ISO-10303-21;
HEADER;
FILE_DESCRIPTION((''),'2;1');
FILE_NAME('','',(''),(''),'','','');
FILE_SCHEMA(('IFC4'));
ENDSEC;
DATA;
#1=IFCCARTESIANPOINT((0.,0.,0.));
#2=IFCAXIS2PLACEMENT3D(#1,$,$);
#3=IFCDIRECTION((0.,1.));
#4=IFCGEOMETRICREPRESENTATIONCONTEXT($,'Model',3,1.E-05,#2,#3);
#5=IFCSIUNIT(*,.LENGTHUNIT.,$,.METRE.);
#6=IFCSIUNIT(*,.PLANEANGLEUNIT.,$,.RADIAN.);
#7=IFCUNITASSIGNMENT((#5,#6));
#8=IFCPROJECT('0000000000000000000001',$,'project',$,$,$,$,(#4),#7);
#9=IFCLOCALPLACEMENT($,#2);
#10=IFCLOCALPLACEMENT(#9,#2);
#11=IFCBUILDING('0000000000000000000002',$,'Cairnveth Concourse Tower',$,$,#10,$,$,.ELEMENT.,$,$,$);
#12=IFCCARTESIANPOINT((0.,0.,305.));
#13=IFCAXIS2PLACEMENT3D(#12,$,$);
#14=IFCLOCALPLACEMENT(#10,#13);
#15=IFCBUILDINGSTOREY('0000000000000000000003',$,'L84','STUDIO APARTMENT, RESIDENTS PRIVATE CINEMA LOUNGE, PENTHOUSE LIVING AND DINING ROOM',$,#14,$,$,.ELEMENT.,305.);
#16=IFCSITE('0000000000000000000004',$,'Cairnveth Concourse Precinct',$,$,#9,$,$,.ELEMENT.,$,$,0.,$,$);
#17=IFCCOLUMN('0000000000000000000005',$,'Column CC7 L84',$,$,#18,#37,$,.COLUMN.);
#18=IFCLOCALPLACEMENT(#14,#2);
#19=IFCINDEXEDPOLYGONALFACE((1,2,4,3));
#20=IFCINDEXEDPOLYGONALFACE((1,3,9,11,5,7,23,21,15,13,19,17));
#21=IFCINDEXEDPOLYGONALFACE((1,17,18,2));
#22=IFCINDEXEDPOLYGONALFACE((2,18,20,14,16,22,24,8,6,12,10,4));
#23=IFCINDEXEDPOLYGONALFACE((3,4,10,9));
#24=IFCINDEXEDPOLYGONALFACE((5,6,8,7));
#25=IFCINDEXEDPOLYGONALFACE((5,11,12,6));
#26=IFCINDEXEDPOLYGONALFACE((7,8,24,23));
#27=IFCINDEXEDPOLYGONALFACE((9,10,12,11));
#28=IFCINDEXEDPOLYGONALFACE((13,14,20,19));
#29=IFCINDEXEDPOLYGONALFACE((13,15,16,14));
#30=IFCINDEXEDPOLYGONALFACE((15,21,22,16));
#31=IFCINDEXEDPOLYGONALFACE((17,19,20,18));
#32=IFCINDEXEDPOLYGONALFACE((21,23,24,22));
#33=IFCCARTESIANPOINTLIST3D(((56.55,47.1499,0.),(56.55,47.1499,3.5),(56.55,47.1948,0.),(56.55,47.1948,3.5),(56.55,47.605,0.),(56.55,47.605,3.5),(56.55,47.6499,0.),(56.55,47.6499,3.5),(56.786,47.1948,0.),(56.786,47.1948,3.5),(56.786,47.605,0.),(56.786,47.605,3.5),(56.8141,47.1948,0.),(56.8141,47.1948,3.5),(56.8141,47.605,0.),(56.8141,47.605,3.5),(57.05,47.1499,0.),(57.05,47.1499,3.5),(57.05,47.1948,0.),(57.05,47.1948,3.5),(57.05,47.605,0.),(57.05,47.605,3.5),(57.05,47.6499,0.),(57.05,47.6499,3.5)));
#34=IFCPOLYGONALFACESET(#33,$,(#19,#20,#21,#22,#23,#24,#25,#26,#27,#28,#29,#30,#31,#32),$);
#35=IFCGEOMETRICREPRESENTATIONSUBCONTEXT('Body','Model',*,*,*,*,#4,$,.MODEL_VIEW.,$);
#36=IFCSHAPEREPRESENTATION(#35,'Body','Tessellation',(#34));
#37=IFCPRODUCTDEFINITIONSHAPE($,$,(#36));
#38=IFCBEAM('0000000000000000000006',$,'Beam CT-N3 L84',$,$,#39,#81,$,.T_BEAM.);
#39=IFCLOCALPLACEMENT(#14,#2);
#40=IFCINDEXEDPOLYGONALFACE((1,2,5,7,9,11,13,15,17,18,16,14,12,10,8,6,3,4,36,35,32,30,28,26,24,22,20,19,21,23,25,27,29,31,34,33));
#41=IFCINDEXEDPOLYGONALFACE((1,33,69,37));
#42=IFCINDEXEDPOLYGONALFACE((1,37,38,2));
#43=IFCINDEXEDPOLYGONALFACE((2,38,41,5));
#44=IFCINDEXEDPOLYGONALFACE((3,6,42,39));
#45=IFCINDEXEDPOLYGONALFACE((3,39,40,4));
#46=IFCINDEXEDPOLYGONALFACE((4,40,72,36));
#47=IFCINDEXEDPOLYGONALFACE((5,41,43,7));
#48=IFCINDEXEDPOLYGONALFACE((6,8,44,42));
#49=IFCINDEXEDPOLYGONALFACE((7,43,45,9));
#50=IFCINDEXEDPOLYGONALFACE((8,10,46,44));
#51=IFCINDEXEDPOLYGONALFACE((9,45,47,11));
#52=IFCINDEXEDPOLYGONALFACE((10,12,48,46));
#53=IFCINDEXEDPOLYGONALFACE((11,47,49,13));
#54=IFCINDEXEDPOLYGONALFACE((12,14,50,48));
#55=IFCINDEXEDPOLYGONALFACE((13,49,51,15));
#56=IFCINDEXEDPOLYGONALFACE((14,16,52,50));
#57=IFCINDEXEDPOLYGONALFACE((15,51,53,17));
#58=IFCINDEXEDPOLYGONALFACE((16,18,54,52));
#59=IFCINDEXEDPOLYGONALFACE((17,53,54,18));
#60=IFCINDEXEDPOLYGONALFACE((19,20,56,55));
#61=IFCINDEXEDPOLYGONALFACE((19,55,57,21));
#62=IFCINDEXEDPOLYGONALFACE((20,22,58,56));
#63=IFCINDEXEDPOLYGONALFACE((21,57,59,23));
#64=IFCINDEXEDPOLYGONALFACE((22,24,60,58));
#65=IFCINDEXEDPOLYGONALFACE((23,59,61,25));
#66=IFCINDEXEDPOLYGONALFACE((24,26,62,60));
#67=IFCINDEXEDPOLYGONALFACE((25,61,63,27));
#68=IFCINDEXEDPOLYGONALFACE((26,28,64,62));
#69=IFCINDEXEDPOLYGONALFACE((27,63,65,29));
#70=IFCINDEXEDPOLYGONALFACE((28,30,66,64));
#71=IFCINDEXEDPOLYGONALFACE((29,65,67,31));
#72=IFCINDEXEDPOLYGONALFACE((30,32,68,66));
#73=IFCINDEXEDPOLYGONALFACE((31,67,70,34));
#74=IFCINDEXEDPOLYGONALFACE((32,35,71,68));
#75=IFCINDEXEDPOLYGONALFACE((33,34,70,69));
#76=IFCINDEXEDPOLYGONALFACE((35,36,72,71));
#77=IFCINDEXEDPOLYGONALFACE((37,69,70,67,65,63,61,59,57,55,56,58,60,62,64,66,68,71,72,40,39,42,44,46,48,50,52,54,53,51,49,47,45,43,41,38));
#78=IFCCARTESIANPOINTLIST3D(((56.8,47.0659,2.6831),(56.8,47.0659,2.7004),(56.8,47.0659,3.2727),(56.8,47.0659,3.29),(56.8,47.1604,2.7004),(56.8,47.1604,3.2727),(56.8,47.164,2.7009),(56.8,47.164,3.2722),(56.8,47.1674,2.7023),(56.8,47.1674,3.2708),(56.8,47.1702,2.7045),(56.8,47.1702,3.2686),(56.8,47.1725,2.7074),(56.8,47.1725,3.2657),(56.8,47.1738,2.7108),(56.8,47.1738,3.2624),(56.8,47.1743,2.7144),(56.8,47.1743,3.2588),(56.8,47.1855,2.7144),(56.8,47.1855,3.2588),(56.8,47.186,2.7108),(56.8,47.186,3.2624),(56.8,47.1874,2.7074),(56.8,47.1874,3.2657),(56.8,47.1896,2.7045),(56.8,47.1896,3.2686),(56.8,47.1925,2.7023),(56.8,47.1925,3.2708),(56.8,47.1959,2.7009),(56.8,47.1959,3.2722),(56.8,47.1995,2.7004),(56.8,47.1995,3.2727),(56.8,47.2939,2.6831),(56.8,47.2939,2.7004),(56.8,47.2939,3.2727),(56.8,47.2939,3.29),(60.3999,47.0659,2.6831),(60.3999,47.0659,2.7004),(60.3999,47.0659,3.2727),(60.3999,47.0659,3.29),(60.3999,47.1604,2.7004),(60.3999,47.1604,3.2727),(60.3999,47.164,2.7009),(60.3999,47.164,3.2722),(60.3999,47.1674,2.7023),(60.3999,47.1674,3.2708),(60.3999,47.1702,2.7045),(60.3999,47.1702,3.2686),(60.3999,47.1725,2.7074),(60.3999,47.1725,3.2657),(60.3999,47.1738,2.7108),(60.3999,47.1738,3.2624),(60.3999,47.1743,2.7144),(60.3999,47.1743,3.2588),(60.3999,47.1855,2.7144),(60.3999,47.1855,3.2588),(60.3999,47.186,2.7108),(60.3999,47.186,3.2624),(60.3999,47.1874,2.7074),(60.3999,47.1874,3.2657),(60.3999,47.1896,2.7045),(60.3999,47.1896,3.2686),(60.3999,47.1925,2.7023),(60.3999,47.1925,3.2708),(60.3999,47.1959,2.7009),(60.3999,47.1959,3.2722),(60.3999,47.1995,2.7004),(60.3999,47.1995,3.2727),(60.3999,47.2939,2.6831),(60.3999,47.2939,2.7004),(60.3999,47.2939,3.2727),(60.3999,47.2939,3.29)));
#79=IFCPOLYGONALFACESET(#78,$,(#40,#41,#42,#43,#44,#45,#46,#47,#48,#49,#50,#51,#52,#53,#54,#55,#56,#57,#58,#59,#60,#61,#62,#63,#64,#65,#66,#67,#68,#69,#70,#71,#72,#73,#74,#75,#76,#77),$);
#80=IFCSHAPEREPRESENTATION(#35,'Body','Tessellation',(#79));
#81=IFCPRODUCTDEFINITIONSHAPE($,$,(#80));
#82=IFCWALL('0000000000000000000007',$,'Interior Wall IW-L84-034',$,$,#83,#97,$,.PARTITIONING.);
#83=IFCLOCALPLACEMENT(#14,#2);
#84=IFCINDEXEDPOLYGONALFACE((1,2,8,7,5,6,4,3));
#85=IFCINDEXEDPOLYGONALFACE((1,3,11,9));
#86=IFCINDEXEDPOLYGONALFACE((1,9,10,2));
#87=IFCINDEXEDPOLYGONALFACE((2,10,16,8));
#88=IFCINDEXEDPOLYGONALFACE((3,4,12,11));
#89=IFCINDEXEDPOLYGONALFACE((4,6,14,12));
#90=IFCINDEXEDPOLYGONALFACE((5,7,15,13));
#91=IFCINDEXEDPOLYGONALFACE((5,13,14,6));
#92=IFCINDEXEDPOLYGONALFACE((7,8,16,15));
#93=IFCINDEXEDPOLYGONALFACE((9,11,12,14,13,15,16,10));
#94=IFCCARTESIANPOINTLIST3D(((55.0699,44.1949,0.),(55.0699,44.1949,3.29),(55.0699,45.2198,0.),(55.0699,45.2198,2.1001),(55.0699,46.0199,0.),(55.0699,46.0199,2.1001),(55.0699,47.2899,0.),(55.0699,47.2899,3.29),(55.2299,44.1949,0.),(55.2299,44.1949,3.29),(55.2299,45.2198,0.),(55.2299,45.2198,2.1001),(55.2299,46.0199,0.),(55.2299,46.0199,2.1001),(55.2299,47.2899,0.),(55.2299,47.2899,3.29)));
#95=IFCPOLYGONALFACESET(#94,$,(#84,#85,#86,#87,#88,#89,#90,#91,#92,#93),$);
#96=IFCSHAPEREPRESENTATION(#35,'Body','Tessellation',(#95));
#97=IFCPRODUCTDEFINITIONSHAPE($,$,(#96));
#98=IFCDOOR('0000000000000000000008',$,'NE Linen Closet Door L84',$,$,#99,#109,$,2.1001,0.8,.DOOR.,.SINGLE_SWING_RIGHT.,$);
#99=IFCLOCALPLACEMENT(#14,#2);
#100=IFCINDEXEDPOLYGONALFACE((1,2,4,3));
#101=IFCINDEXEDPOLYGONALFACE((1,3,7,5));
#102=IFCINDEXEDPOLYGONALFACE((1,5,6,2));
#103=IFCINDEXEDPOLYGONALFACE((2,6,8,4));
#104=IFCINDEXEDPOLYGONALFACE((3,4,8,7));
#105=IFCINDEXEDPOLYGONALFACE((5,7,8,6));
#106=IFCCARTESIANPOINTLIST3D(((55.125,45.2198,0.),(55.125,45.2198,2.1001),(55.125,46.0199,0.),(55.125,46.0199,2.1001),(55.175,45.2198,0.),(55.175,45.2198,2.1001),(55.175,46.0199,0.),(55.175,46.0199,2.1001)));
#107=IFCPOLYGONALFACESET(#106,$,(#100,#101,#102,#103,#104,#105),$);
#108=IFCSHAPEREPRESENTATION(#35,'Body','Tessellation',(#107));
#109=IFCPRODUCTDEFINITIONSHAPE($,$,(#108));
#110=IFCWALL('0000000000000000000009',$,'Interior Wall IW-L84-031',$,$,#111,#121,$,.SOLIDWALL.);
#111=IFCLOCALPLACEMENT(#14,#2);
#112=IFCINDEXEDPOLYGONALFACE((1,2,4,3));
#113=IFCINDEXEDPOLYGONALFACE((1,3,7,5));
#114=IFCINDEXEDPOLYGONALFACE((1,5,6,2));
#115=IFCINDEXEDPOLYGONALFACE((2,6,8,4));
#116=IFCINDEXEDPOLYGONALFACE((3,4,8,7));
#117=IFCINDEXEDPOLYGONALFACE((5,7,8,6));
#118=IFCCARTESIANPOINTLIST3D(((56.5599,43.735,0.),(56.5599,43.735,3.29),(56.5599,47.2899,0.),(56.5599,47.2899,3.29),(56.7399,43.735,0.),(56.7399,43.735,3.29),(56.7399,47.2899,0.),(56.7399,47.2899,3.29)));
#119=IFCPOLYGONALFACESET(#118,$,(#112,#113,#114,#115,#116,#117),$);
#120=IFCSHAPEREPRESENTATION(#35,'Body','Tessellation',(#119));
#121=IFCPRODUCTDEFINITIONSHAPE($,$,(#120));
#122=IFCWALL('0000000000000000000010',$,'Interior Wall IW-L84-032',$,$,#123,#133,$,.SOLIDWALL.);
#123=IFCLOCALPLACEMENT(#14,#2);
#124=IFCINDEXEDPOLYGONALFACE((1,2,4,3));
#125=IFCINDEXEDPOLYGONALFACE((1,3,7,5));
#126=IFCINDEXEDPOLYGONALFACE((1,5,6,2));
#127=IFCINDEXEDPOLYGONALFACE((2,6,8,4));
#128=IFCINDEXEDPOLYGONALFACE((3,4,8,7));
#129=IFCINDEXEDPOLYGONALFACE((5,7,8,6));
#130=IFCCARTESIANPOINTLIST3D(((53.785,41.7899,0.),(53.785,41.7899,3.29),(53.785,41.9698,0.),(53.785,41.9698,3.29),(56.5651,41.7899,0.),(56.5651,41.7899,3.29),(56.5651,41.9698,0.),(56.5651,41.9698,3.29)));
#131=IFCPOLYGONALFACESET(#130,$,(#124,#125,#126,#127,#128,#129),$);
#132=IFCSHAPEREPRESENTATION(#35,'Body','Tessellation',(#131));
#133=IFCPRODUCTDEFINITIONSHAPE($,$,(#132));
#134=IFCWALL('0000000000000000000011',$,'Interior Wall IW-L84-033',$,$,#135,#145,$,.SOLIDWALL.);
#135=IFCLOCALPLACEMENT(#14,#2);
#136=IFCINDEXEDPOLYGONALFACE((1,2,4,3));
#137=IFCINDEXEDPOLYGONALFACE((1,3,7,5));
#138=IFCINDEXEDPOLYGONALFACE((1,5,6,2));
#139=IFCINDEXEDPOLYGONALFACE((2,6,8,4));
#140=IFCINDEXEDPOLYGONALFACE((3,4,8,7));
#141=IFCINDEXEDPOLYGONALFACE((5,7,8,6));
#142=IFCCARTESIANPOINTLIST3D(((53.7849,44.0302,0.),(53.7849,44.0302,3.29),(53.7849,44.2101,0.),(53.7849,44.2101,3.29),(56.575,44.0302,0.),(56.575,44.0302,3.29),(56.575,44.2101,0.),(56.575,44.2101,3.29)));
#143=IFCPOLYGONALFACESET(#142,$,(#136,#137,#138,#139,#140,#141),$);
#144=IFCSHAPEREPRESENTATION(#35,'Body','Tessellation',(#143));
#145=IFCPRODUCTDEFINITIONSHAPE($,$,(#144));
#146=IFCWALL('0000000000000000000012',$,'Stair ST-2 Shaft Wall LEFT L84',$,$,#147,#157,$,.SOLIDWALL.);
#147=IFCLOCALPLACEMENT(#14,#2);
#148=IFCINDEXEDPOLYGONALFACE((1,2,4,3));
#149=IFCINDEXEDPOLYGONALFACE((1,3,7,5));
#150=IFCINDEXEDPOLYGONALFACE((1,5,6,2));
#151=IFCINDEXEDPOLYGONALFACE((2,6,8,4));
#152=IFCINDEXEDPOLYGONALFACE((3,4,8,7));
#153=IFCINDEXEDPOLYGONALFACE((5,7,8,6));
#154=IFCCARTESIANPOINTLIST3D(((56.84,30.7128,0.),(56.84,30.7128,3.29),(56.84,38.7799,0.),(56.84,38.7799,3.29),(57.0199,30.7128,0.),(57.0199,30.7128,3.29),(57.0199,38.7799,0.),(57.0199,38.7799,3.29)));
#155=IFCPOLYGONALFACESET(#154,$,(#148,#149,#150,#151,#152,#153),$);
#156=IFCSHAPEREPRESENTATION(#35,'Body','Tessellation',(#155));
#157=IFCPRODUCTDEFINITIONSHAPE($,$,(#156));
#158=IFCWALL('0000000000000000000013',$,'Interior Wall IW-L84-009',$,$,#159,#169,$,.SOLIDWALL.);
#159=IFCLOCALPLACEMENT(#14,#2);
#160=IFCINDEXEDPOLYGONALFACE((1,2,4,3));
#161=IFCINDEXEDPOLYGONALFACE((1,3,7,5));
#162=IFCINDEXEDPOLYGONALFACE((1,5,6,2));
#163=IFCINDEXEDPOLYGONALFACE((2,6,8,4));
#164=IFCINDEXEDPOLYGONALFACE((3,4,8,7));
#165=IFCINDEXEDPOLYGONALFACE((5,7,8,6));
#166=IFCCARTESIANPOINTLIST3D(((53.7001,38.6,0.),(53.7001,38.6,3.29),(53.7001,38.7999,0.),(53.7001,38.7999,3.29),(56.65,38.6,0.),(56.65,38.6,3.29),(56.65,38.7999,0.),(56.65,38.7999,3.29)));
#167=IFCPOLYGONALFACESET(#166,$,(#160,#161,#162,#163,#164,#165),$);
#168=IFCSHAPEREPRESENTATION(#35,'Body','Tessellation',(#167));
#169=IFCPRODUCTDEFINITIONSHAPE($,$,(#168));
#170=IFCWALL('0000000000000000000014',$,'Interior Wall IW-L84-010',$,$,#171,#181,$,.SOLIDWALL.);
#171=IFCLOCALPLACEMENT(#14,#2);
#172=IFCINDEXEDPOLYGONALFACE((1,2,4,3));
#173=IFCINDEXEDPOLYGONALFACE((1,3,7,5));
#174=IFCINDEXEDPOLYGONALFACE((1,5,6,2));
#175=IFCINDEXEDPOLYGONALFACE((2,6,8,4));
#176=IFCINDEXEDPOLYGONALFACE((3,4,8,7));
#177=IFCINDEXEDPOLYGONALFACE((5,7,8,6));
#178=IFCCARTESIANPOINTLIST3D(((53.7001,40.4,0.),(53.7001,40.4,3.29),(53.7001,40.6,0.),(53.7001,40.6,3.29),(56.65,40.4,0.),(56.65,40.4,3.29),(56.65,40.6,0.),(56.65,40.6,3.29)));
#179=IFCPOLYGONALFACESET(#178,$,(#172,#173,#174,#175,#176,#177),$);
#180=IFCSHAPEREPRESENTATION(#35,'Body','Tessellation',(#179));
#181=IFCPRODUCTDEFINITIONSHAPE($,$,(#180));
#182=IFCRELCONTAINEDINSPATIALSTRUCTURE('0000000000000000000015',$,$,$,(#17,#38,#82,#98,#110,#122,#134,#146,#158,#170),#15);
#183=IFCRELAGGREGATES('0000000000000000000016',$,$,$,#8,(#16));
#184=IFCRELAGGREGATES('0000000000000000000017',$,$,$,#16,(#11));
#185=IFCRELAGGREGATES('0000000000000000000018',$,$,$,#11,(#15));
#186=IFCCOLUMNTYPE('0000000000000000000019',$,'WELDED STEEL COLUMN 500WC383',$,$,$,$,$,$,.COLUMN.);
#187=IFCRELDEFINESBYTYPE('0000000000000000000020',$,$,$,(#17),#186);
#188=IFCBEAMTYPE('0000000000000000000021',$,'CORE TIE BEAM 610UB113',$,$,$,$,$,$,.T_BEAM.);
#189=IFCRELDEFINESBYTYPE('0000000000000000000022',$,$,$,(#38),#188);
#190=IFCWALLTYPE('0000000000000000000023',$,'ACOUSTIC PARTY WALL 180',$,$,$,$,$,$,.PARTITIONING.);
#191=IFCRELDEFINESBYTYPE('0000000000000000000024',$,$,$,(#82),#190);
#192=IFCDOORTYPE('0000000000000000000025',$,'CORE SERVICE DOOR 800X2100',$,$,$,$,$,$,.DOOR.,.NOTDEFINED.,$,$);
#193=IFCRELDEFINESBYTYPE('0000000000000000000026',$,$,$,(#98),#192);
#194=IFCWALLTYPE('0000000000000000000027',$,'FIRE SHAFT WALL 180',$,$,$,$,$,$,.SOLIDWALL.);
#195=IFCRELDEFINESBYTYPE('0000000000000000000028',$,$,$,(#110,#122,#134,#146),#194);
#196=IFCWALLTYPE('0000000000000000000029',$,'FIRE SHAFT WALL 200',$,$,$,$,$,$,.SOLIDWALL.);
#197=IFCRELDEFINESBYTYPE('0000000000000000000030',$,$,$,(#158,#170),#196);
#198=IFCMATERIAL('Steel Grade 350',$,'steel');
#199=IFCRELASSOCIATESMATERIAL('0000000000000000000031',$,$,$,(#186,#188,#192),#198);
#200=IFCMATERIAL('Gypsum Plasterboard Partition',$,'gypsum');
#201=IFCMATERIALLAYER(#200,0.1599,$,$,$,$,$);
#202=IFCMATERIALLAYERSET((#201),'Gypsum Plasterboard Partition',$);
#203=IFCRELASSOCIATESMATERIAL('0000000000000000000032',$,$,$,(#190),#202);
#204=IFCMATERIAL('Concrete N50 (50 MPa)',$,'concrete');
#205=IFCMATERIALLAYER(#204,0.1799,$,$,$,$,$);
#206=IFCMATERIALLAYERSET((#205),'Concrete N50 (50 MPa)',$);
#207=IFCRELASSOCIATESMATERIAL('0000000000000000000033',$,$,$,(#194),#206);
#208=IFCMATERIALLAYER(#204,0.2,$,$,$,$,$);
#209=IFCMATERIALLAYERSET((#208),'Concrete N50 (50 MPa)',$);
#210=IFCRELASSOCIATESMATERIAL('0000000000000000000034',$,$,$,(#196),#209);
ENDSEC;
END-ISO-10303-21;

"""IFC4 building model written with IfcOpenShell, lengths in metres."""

from ifc_helpers import new_model, si_unit, direction, frame, frame_2d, origin, origin_2d, place, context, subcontext, project, spatial, rectangle, i_section, extrude, material, layer, layer_set, material_profile, profile_set, type_object, element, fill, save


model = new_model("IFC4")

# Units and contexts
model_context = context("Model", 3, precision=1e-05, world=origin(), true_north=direction((0.0, 1.0)))
body_context = subcontext(model_context, "Body", "Model", "MODEL_VIEW")
ifc_project = project(units=[si_unit("LENGTHUNIT", "METRE"), si_unit("PLANEANGLEUNIT", "RADIAN")], contexts=[model_context])

# Site, building, storey
site_placement = place(None, origin())
site = spatial("IfcSite", under=ifc_project, at=site_placement, Name="Cairnveth Concourse Precinct", CompositionType="ELEMENT", RefElevation=0.0)
building_placement = place(site_placement, origin())
building = spatial("IfcBuilding", under=site, at=building_placement, Name="Cairnveth Concourse Tower", CompositionType="ELEMENT")
storey_placement = place(building_placement, frame((0.0, 0.0, 305.0)))
storey = spatial("IfcBuildingStorey", under=building, at=storey_placement, Name="L84", Description="STUDIO APARTMENT, RESIDENTS PRIVATE CINEMA LOUNGE, PENTHOUSE LIVING AND DINING ROOM", CompositionType="ELEMENT", Elevation=305.0)

# Column
ifc_material_1 = material(Name="Steel Grade 350", Category="steel")
ifc_material_profile_1 = material_profile(ifc_material_1, i_section(OverallWidth=0.5, OverallDepth=0.5, WebThickness=0.0281, FlangeThickness=0.0449, at=origin_2d()), Name="500WC383")
ifc_profile_set_1 = profile_set([ifc_material_profile_1], Name="Steel Grade 350")
column_type = type_object("IfcColumnType", Name="WELDED STEEL COLUMN 500WC383", PredefinedType="COLUMN", material=ifc_profile_set_1)
column_placement = place(storey_placement, frame((56.8, 47.3999, 0.0), z_axis=(0.0, 0.0, 1.0), x_axis=(1.0, 0.0, 0.0)))
element("IfcColumn", 1, at=column_placement, inside=storey, type_object=column_type, Name="Column CC7 L84", PredefinedType="COLUMN", context=body_context, shape_type="SweptSolid", body=[
    extrude(i_section(OverallWidth=0.5, OverallDepth=0.5, WebThickness=0.0281, FlangeThickness=0.0449, at=origin_2d()), origin(), (0.0, 0.0, 1.0), 3.5),
])

# Beam
ifc_material_profile_2 = material_profile(ifc_material_1, i_section(OverallWidth=0.228, OverallDepth=0.6069, WebThickness=0.0112, FlangeThickness=0.0173, FilletRadius=0.0139, at=origin_2d()), Name="610UB113")
ifc_profile_set_2 = profile_set([ifc_material_profile_2], Name="Steel Grade 350")
beam_type = type_object("IfcBeamType", Name="CORE TIE BEAM 610UB113", PredefinedType="T_BEAM", material=ifc_profile_set_2)
beam_placement = place(storey_placement, frame((56.8, 47.1799, 2.9866), z_axis=(1.0, 0.0, 0.0), x_axis=(0.0, 1.0, 0.0)))
element("IfcBeam", 2, at=beam_placement, inside=storey, type_object=beam_type, Name="Beam CT-N3 L84", PredefinedType="T_BEAM", context=body_context, shape_type="SweptSolid", body=[
    extrude(i_section(OverallWidth=0.228, OverallDepth=0.6069, WebThickness=0.0112, FlangeThickness=0.0173, FilletRadius=0.0139, at=origin_2d()), origin(), (0.0, 0.0, 1.0), 3.5999),
])

# Wall, opening, door
ifc_material_2 = material(Name="Gypsum Plasterboard Partition", Category="gypsum")
ifc_layer_1 = layer(ifc_material_2, 0.1599)
ifc_layer_set_1 = layer_set([ifc_layer_1], Name="Gypsum Plasterboard Partition")
wall_type_1 = type_object("IfcWallType", Name="ACOUSTIC PARTY WALL 180", PredefinedType="PARTITIONING", material=ifc_layer_set_1)
wall_1_placement = place(storey_placement, frame((55.1499, 44.1951, 0.0), z_axis=(0.0, 0.0, 1.0), x_axis=(0.0, 1.0, 0.0)))
wall_1 = element("IfcWall", 3, at=wall_1_placement, inside=storey, type_object=wall_type_1, Name="Interior Wall IW-L84-034", PredefinedType="PARTITIONING", context=body_context, shape_type="SweptSolid", body=[
    extrude(rectangle(XDim=3.095, YDim=0.1599, at=frame_2d((1.5474, 0.0))), origin(), (0.0, 0.0, 1.0), 3.29),
])
opening_1_placement = place(wall_1_placement, frame((1.0249, 0.0, 0.0)))
opening_1 = element("IfcOpeningElement", 4, at=opening_1_placement, cuts=wall_1, PredefinedType="OPENING", context=body_context, shape_type="SweptSolid", body=[
    extrude(rectangle(XDim=0.8, YDim=2.1001, at=frame_2d((0.3999, 1.05))), frame((0.0, 0.0898, 0.0), z_axis=(0.0, -1.0, 0.0), x_axis=(1.0, 0.0, 0.0)), (0.0, 0.0, 1.0), 0.1799),
])
door_type_1 = type_object("IfcDoorType", Name="CORE SERVICE DOOR 800X2100", OperationType="NOTDEFINED", PredefinedType="DOOR", material=ifc_material_1)
door_1_placement = place(opening_1_placement, origin())
door_1 = element("IfcDoor", 5, at=door_1_placement, inside=storey, type_object=door_type_1, Name="NE Linen Closet Door L84", OperationType="SINGLE_SWING_RIGHT", OverallHeight=2.1001, OverallWidth=0.8, PredefinedType="DOOR", context=body_context, shape_type="SweptSolid", body=[
    extrude(rectangle(XDim=0.8, YDim=2.1001, at=frame_2d((0.3999, 1.05))), frame((0.0, 0.0249, 0.0), z_axis=(0.0, -1.0, 0.0), x_axis=(1.0, 0.0, 0.0)), (0.0, 0.0, 1.0), 0.05),
])
fill(opening_1, door_1)

# Walls
ifc_material_3 = material(Name="Concrete N50 (50 MPa)", Category="concrete")
ifc_layer_2 = layer(ifc_material_3, 0.1799)
ifc_layer_set_2 = layer_set([ifc_layer_2], Name="Concrete N50 (50 MPa)")
wall_type_2 = type_object("IfcWallType", Name="FIRE SHAFT WALL 180", PredefinedType="SOLIDWALL", material=ifc_layer_set_2)
wall_2_placement = place(storey_placement, frame((56.6499, 43.7351, 0.0), z_axis=(0.0, 0.0, 1.0), x_axis=(0.0, 1.0, 0.0)))
element("IfcWall", 6, at=wall_2_placement, inside=storey, type_object=wall_type_2, Name="Interior Wall IW-L84-031", PredefinedType="SOLIDWALL", context=body_context, shape_type="SweptSolid", body=[
    extrude(rectangle(XDim=3.5549, YDim=0.1799, at=frame_2d((1.7773, 0.0))), origin(), (0.0, 0.0, 1.0), 3.29),
])
wall_3_placement = place(storey_placement, frame((53.7849, 41.8799, 0.0), z_axis=(0.0, 0.0, 1.0), x_axis=(1.0, 0.0, 0.0)))
element("IfcWall", 7, at=wall_3_placement, inside=storey, type_object=wall_type_2, Name="Interior Wall IW-L84-032", PredefinedType="SOLIDWALL", context=body_context, shape_type="SweptSolid", body=[
    extrude(rectangle(XDim=2.78, YDim=0.1799, at=frame_2d((1.3901, 0.0))), origin(), (0.0, 0.0, 1.0), 3.29),
])
wall_4_placement = place(storey_placement, frame((53.7849, 44.1201, 0.0), z_axis=(0.0, 0.0, 1.0), x_axis=(1.0, 0.0, 0.0)))
element("IfcWall", 8, at=wall_4_placement, inside=storey, type_object=wall_type_2, Name="Interior Wall IW-L84-033", PredefinedType="SOLIDWALL", context=body_context, shape_type="SweptSolid", body=[
    extrude(rectangle(XDim=2.79, YDim=0.1799, at=frame_2d((1.395, 0.0))), origin(), (0.0, 0.0, 1.0), 3.29),
])

# Walls
wall_5_placement = place(storey_placement, frame((56.9299, 38.78, 0.0), z_axis=(0.0, 0.0, 1.0), x_axis=(0.0, -1.0, 0.0)))
element("IfcWall", 9, at=wall_5_placement, inside=storey, type_object=wall_type_2, Name="Stair ST-2 Shaft Wall LEFT L84", PredefinedType="SOLIDWALL", context=body_context, shape_type="SweptSolid", body=[
    extrude(rectangle(XDim=8.0671, YDim=0.1799, at=frame_2d((4.0337, 0.0))), origin(), (0.0, 0.0, 1.0), 3.29),
])
ifc_layer_3 = layer(ifc_material_3, 0.2)
ifc_layer_set_3 = layer_set([ifc_layer_3], Name="Concrete N50 (50 MPa)")
wall_type_3 = type_object("IfcWallType", Name="FIRE SHAFT WALL 200", PredefinedType="SOLIDWALL", material=ifc_layer_set_3)
for number, where, z_axis, x_axis, name in (
    (10, (53.7, 38.7, 0.0), (0.0, 0.0, 1.0), (1.0, 0.0, 0.0), "Interior Wall IW-L84-009"),
    (11, (53.7, 40.5, 0.0), (0.0, 0.0, 1.0), (1.0, 0.0, 0.0), "Interior Wall IW-L84-010"),
):
    element("IfcWall", number, at=place(storey_placement, frame(where, z_axis=z_axis, x_axis=x_axis)), inside=storey, type_object=wall_type_3, Name=name, PredefinedType="SOLIDWALL", context=body_context, shape_type="SweptSolid", body=[
        extrude(rectangle(XDim=2.95, YDim=0.2, at=frame_2d((1.4751, 0.0))), origin(), (0.0, 0.0, 1.0), 3.29),
    ])

save(model, "model.ifc")
